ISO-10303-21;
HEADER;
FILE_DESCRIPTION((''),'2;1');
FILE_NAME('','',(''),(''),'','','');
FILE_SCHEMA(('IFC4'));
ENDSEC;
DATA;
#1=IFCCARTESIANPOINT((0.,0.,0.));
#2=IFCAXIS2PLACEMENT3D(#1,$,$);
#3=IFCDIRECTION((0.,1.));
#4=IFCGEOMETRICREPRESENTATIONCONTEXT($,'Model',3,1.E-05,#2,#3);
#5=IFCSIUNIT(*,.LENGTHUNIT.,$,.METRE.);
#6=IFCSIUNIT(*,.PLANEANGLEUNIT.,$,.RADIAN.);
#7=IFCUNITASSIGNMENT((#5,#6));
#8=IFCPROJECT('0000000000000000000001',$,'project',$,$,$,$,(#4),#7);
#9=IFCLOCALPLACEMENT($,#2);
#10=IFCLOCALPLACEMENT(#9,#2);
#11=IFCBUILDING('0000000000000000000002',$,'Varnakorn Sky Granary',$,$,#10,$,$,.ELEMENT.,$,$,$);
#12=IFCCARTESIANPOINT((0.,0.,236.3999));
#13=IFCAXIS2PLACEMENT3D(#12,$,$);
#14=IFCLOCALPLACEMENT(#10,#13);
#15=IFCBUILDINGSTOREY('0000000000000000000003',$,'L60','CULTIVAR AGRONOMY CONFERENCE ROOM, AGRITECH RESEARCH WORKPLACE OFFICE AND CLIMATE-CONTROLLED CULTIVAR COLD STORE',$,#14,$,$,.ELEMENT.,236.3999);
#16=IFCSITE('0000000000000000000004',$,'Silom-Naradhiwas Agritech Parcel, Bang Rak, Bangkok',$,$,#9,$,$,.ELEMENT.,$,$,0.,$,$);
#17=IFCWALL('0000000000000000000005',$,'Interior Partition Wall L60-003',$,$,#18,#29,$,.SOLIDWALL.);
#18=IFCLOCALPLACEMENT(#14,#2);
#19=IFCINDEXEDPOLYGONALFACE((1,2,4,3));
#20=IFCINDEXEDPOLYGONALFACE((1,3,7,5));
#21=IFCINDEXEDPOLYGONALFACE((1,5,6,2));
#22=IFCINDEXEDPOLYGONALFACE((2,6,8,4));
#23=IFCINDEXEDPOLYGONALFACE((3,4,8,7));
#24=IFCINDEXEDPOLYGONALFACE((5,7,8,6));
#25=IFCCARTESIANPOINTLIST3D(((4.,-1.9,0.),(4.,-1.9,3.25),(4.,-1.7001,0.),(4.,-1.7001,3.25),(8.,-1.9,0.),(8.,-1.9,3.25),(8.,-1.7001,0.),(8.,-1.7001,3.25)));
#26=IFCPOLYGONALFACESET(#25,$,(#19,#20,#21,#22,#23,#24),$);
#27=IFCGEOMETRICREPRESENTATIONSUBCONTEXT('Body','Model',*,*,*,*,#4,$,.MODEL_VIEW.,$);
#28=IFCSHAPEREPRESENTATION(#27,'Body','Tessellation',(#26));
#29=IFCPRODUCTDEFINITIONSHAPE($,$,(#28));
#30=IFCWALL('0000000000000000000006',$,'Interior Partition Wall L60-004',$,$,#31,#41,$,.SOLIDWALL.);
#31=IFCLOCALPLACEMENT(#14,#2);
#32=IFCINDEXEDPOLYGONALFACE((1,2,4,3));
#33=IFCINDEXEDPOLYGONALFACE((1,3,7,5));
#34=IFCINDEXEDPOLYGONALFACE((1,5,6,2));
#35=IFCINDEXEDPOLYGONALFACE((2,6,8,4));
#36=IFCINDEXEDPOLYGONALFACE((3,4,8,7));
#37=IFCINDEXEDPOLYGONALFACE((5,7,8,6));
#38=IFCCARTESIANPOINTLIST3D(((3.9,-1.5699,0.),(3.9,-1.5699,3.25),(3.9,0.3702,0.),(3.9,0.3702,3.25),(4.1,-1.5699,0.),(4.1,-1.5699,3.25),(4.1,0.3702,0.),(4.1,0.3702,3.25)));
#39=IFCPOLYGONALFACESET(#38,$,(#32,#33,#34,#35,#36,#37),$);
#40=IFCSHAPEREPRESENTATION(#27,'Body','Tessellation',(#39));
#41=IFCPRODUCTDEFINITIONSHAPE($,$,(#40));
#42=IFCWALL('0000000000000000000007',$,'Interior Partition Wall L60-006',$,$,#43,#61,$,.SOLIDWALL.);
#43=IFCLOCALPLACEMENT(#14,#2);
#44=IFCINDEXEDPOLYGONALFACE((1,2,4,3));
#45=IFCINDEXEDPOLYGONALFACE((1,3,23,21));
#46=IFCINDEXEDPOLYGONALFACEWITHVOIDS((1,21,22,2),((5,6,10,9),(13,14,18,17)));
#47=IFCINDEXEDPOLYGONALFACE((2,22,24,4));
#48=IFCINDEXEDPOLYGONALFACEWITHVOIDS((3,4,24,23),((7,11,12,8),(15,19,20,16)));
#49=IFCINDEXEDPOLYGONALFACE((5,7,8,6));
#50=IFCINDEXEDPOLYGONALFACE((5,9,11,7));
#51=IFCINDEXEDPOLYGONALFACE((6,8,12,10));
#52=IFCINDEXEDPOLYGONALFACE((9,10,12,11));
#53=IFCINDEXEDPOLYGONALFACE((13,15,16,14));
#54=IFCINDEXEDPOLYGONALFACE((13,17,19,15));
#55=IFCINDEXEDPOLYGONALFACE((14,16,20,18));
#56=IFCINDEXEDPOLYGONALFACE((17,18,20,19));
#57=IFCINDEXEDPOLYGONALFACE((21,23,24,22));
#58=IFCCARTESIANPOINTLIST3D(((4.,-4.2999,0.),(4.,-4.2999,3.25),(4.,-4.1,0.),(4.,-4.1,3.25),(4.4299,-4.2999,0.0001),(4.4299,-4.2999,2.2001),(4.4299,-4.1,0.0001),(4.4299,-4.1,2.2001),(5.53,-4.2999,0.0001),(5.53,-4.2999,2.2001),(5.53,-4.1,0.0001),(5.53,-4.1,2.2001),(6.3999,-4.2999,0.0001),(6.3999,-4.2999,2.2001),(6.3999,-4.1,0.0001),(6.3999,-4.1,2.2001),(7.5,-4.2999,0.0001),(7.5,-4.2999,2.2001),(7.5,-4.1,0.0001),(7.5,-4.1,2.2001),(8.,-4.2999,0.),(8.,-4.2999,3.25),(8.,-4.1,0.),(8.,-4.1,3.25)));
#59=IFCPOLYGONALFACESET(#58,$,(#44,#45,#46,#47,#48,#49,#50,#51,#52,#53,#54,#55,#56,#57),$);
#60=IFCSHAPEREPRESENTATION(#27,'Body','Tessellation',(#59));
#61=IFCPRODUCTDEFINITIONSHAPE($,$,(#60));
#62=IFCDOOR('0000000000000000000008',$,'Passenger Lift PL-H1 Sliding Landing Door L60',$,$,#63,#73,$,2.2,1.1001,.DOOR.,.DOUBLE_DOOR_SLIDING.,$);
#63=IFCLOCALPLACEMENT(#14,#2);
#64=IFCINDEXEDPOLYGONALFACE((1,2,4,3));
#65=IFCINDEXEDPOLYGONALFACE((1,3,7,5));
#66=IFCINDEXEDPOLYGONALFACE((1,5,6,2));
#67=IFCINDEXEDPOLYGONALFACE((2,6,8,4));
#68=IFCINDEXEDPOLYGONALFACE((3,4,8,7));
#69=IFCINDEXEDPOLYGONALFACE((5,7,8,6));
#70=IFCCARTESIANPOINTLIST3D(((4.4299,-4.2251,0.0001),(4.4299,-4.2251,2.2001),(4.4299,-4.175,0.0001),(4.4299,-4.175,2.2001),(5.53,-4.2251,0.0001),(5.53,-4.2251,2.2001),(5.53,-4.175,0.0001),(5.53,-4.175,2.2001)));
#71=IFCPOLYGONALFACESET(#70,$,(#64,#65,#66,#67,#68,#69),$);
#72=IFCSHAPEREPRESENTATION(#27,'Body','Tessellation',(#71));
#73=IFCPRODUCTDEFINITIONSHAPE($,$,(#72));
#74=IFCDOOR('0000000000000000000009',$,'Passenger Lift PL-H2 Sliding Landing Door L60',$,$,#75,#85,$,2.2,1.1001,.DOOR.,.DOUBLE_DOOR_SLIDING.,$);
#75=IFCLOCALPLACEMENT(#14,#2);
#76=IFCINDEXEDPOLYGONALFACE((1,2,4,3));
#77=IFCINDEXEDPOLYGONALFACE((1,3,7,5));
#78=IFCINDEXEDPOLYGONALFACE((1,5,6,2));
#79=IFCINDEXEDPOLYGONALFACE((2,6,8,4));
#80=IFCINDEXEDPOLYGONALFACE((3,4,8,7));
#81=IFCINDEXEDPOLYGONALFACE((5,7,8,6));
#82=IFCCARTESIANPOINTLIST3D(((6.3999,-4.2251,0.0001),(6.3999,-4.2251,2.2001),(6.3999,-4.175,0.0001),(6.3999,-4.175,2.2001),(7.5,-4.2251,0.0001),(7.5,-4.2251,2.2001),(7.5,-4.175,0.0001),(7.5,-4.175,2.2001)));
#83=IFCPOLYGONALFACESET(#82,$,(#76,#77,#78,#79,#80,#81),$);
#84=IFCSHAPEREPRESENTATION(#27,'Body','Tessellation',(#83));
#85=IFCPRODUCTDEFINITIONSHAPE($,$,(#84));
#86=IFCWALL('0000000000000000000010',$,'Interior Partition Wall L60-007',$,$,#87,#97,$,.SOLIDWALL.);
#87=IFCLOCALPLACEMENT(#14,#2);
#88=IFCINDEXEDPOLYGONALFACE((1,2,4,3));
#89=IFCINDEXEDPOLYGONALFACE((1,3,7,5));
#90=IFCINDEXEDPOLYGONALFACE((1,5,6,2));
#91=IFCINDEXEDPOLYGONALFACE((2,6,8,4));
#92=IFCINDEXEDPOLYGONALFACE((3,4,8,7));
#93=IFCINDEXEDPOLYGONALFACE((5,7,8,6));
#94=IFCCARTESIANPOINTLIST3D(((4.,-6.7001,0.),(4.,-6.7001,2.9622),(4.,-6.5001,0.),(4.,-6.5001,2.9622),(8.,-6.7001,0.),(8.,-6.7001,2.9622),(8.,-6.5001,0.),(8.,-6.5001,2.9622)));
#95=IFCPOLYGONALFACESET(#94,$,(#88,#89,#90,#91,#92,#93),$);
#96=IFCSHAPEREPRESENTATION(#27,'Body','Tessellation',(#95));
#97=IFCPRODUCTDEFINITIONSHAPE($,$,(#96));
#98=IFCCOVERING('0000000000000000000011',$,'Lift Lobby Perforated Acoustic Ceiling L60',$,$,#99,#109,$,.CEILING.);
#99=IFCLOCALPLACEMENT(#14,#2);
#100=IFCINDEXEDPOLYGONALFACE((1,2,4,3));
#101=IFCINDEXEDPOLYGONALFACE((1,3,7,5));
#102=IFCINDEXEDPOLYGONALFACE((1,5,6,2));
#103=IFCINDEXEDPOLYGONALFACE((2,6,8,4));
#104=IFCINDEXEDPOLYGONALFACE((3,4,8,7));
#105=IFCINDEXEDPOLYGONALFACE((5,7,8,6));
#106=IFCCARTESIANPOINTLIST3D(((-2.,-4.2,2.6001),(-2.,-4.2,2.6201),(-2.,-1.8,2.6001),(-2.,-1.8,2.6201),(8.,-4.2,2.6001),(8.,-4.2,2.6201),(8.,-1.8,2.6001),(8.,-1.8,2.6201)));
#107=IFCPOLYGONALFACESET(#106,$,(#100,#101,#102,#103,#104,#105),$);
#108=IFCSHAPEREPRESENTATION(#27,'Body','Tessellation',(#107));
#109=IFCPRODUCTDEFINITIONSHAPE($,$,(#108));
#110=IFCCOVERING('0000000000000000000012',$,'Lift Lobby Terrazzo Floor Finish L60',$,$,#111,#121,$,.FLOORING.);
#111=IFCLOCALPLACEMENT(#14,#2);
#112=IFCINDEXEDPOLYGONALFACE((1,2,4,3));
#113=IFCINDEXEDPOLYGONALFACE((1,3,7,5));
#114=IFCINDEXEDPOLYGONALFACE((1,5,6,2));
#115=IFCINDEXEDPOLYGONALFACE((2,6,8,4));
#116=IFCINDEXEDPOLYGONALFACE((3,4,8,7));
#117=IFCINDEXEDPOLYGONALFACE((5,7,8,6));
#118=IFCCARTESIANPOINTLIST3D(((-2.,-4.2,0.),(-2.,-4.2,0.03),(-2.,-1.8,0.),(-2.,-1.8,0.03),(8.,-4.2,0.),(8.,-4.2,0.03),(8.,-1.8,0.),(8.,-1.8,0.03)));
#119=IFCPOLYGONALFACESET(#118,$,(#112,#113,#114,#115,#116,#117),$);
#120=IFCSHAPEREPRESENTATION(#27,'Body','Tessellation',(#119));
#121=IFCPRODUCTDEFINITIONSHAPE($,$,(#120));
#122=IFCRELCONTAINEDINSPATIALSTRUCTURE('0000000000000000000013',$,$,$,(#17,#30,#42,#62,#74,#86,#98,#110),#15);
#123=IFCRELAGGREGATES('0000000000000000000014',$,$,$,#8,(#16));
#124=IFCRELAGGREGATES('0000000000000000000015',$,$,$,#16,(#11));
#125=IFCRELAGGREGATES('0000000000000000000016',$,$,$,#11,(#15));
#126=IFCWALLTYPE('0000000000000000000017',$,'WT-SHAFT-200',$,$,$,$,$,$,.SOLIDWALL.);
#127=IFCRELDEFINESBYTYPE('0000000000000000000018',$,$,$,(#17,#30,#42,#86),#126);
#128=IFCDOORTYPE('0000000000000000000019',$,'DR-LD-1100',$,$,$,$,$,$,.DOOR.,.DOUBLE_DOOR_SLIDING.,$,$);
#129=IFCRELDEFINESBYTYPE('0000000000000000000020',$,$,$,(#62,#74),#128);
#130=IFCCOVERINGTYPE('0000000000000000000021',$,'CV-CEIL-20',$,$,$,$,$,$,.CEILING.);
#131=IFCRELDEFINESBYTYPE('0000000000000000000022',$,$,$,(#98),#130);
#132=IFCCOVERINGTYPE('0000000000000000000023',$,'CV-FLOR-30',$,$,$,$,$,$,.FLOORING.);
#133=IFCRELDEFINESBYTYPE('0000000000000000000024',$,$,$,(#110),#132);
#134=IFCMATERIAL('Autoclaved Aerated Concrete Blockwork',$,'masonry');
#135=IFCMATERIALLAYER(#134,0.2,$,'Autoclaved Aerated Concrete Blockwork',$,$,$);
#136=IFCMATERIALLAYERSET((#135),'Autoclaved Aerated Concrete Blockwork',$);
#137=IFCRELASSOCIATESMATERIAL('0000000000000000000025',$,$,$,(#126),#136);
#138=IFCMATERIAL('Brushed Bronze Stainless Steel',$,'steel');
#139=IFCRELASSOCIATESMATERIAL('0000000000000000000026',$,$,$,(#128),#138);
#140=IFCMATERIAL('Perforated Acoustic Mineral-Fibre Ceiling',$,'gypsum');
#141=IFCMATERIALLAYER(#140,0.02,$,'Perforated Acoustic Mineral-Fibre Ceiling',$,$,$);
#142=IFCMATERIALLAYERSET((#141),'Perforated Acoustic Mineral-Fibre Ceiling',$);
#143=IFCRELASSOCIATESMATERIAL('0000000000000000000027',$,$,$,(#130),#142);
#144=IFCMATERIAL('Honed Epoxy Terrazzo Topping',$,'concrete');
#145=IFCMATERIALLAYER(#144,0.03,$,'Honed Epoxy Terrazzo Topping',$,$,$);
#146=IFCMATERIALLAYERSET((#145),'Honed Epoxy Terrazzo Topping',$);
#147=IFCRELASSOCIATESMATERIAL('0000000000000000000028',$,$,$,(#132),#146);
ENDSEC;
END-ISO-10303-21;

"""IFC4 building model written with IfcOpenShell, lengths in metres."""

from ifc_helpers import new_model, si_unit, direction, frame, frame_2d, origin, place, context, subcontext, project, spatial, polyline, rectangle, outline, extrude, material, layer, layer_set, type_object, element, fill, save


model = new_model("IFC4")

# Units and contexts
model_context = context("Model", 3, precision=1e-05, world=origin(), true_north=direction((0.0, 1.0)))
body_context = subcontext(model_context, "Body", "Model", "MODEL_VIEW")
ifc_project = project(units=[si_unit("LENGTHUNIT", "METRE"), si_unit("PLANEANGLEUNIT", "RADIAN")], contexts=[model_context])

# Site, building, storey
site_placement = place(None, origin())
site = spatial("IfcSite", under=ifc_project, at=site_placement, Name="Silom-Naradhiwas Agritech Parcel, Bang Rak, Bangkok", CompositionType="ELEMENT", RefElevation=0.0)
building_placement = place(site_placement, origin())
building = spatial("IfcBuilding", under=site, at=building_placement, Name="Varnakorn Sky Granary", CompositionType="ELEMENT")
storey_placement = place(building_placement, frame((0.0, 0.0, 236.3999)))
storey = spatial("IfcBuildingStorey", under=building, at=storey_placement, Name="L60", Description="CULTIVAR AGRONOMY CONFERENCE ROOM, AGRITECH RESEARCH WORKPLACE OFFICE AND CLIMATE-CONTROLLED CULTIVAR COLD STORE", CompositionType="ELEMENT", Elevation=236.3999)

# Shared definitions
ifc_material_1 = material(Name="Autoclaved Aerated Concrete Blockwork", Category="masonry")

# Walls
ifc_layer_1 = layer(ifc_material_1, 0.2, Name="Autoclaved Aerated Concrete Blockwork")
ifc_layer_set_1 = layer_set([ifc_layer_1], Name="Autoclaved Aerated Concrete Blockwork")
wall_type_1 = type_object("IfcWallType", Name="WT-SHAFT-200", PredefinedType="SOLIDWALL", material=ifc_layer_set_1)
wall_1_placement = place(storey_placement, frame((4.0, -1.8, 0.0), z_axis=(0.0, 0.0, 1.0), x_axis=(1.0, 0.0, 0.0)))
element("IfcWall", 1, at=wall_1_placement, inside=storey, type_object=wall_type_1, Name="Interior Partition Wall L60-003", PredefinedType="SOLIDWALL", context=body_context, shape_type="SweptSolid", body=[
    extrude(rectangle(XDim=4.0, YDim=0.2, at=frame_2d((2.0, 0.0))), origin(), (0.0, 0.0, 1.0), 3.25),
])
wall_2_placement = place(storey_placement, frame((4.0, -1.5701, 0.0), z_axis=(0.0, 0.0, 1.0), x_axis=(0.0, 1.0, 0.0)))
element("IfcWall", 2, at=wall_2_placement, inside=storey, type_object=wall_type_1, Name="Interior Partition Wall L60-004", PredefinedType="SOLIDWALL", context=body_context, shape_type="SweptSolid", body=[
    extrude(rectangle(XDim=1.9402, YDim=0.2, at=frame_2d((0.9702, 0.0))), origin(), (0.0, 0.0, 1.0), 3.25),
])

# Wall, openings, doors
wall_3_placement = place(storey_placement, frame((4.0, -4.2, 0.0), z_axis=(0.0, 0.0, 1.0), x_axis=(1.0, 0.0, 0.0)))
wall_3 = element("IfcWall", 3, at=wall_3_placement, inside=storey, type_object=wall_type_1, Name="Interior Partition Wall L60-006", PredefinedType="SOLIDWALL", context=body_context, shape_type="SweptSolid", body=[
    extrude(rectangle(XDim=4.0, YDim=0.2, at=frame_2d((2.0, 0.0))), origin(), (0.0, 0.0, 1.0), 3.25),
])
opening_1_placement = place(wall_3_placement, frame((0.4299, 0.0, 0.0)))
opening_1 = element("IfcOpeningElement", 4, at=opening_1_placement, cuts=wall_3, PredefinedType="OPENING", context=body_context, shape_type="SweptSolid", body=[
    extrude(rectangle(XDim=1.1001, YDim=2.2, at=frame_2d((0.55, 1.1001))), frame((0.0, 0.1099, 0.0), z_axis=(0.0, -1.0, 0.0), x_axis=(1.0, 0.0, 0.0)), (0.0, 0.0, 1.0), 0.22),
])
opening_2_placement = place(wall_3_placement, frame((2.3999, 0.0, 0.0)))
opening_2 = element("IfcOpeningElement", 5, at=opening_2_placement, cuts=wall_3, PredefinedType="OPENING", context=body_context, shape_type="SweptSolid", body=[
    extrude(rectangle(XDim=1.1001, YDim=2.2, at=frame_2d((0.55, 1.1001))), frame((0.0, 0.1099, 0.0), z_axis=(0.0, -1.0, 0.0), x_axis=(1.0, 0.0, 0.0)), (0.0, 0.0, 1.0), 0.22),
])
ifc_material_2 = material(Name="Brushed Bronze Stainless Steel", Category="steel")
door_type_1 = type_object("IfcDoorType", Name="DR-LD-1100", OperationType="DOUBLE_DOOR_SLIDING", PredefinedType="DOOR", material=ifc_material_2)
door_1_placement = place(opening_1_placement, origin())
door_1 = element("IfcDoor", 6, at=door_1_placement, inside=storey, type_object=door_type_1, Name="Passenger Lift PL-H1 Sliding Landing Door L60", OperationType="DOUBLE_DOOR_SLIDING", OverallHeight=2.2, OverallWidth=1.1001, PredefinedType="DOOR", context=body_context, shape_type="SweptSolid", body=[
    extrude(rectangle(XDim=1.1001, YDim=2.2, at=frame_2d((0.55, 1.1001))), frame((0.0, 0.0249, 0.0), z_axis=(0.0, -1.0, 0.0), x_axis=(1.0, 0.0, 0.0)), (0.0, 0.0, 1.0), 0.05),
])
fill(opening_1, door_1)
door_2_placement = place(opening_2_placement, origin())
door_2 = element("IfcDoor", 7, at=door_2_placement, inside=storey, type_object=door_type_1, Name="Passenger Lift PL-H2 Sliding Landing Door L60", OperationType="DOUBLE_DOOR_SLIDING", OverallHeight=2.2, OverallWidth=1.1001, PredefinedType="DOOR", context=body_context, shape_type="SweptSolid", body=[
    extrude(rectangle(XDim=1.1001, YDim=2.2, at=frame_2d((0.55, 1.1001))), frame((0.0, 0.0249, 0.0), z_axis=(0.0, -1.0, 0.0), x_axis=(1.0, 0.0, 0.0)), (0.0, 0.0, 1.0), 0.05),
])
fill(opening_2, door_2)

# Wall
wall_4_placement = place(storey_placement, frame((4.0, -6.6001, 0.0), z_axis=(0.0, 0.0, 1.0), x_axis=(1.0, 0.0, 0.0)))
element("IfcWall", 8, at=wall_4_placement, inside=storey, type_object=wall_type_1, Name="Interior Partition Wall L60-007", PredefinedType="SOLIDWALL", context=body_context, shape_type="SweptSolid", body=[
    extrude(rectangle(XDim=4.0, YDim=0.2, at=frame_2d((2.0, 0.0))), origin(), (0.0, 0.0, 1.0), 2.9622),
])

# Coverings
ifc_material_3 = material(Name="Perforated Acoustic Mineral-Fibre Ceiling", Category="gypsum")
ifc_layer_2 = layer(ifc_material_3, 0.02, Name="Perforated Acoustic Mineral-Fibre Ceiling")
ifc_layer_set_2 = layer_set([ifc_layer_2], Name="Perforated Acoustic Mineral-Fibre Ceiling")
covering_type_1 = type_object("IfcCoveringType", Name="CV-CEIL-20", PredefinedType="CEILING", material=ifc_layer_set_2)
covering_1_placement = place(storey_placement, frame((0.0, 0.0, 2.6001)))
element("IfcCovering", 9, at=covering_1_placement, inside=storey, type_object=covering_type_1, Name="Lift Lobby Perforated Acoustic Ceiling L60", PredefinedType="CEILING", context=body_context, shape_type="SweptSolid", body=[
    extrude(outline(polyline([(-2.0, -4.2), (8.0, -4.2), (8.0, -1.8), (-2.0, -1.8), (-2.0, -4.2)])), origin(), (0.0, 0.0, 1.0), 0.02),
])
ifc_material_4 = material(Name="Honed Epoxy Terrazzo Topping", Category="concrete")
ifc_layer_3 = layer(ifc_material_4, 0.03, Name="Honed Epoxy Terrazzo Topping")
ifc_layer_set_3 = layer_set([ifc_layer_3], Name="Honed Epoxy Terrazzo Topping")
covering_type_2 = type_object("IfcCoveringType", Name="CV-FLOR-30", PredefinedType="FLOORING", material=ifc_layer_set_3)
covering_2_placement = place(storey_placement, origin())
element("IfcCovering", 10, at=covering_2_placement, inside=storey, type_object=covering_type_2, Name="Lift Lobby Terrazzo Floor Finish L60", PredefinedType="FLOORING", context=body_context, shape_type="SweptSolid", body=[
    extrude(outline(polyline([(-2.0, -4.2), (8.0, -4.2), (8.0, -1.8), (-2.0, -1.8), (-2.0, -4.2)])), origin(), (0.0, 0.0, 1.0), 0.03),
])

save(model, "model.ifc")
